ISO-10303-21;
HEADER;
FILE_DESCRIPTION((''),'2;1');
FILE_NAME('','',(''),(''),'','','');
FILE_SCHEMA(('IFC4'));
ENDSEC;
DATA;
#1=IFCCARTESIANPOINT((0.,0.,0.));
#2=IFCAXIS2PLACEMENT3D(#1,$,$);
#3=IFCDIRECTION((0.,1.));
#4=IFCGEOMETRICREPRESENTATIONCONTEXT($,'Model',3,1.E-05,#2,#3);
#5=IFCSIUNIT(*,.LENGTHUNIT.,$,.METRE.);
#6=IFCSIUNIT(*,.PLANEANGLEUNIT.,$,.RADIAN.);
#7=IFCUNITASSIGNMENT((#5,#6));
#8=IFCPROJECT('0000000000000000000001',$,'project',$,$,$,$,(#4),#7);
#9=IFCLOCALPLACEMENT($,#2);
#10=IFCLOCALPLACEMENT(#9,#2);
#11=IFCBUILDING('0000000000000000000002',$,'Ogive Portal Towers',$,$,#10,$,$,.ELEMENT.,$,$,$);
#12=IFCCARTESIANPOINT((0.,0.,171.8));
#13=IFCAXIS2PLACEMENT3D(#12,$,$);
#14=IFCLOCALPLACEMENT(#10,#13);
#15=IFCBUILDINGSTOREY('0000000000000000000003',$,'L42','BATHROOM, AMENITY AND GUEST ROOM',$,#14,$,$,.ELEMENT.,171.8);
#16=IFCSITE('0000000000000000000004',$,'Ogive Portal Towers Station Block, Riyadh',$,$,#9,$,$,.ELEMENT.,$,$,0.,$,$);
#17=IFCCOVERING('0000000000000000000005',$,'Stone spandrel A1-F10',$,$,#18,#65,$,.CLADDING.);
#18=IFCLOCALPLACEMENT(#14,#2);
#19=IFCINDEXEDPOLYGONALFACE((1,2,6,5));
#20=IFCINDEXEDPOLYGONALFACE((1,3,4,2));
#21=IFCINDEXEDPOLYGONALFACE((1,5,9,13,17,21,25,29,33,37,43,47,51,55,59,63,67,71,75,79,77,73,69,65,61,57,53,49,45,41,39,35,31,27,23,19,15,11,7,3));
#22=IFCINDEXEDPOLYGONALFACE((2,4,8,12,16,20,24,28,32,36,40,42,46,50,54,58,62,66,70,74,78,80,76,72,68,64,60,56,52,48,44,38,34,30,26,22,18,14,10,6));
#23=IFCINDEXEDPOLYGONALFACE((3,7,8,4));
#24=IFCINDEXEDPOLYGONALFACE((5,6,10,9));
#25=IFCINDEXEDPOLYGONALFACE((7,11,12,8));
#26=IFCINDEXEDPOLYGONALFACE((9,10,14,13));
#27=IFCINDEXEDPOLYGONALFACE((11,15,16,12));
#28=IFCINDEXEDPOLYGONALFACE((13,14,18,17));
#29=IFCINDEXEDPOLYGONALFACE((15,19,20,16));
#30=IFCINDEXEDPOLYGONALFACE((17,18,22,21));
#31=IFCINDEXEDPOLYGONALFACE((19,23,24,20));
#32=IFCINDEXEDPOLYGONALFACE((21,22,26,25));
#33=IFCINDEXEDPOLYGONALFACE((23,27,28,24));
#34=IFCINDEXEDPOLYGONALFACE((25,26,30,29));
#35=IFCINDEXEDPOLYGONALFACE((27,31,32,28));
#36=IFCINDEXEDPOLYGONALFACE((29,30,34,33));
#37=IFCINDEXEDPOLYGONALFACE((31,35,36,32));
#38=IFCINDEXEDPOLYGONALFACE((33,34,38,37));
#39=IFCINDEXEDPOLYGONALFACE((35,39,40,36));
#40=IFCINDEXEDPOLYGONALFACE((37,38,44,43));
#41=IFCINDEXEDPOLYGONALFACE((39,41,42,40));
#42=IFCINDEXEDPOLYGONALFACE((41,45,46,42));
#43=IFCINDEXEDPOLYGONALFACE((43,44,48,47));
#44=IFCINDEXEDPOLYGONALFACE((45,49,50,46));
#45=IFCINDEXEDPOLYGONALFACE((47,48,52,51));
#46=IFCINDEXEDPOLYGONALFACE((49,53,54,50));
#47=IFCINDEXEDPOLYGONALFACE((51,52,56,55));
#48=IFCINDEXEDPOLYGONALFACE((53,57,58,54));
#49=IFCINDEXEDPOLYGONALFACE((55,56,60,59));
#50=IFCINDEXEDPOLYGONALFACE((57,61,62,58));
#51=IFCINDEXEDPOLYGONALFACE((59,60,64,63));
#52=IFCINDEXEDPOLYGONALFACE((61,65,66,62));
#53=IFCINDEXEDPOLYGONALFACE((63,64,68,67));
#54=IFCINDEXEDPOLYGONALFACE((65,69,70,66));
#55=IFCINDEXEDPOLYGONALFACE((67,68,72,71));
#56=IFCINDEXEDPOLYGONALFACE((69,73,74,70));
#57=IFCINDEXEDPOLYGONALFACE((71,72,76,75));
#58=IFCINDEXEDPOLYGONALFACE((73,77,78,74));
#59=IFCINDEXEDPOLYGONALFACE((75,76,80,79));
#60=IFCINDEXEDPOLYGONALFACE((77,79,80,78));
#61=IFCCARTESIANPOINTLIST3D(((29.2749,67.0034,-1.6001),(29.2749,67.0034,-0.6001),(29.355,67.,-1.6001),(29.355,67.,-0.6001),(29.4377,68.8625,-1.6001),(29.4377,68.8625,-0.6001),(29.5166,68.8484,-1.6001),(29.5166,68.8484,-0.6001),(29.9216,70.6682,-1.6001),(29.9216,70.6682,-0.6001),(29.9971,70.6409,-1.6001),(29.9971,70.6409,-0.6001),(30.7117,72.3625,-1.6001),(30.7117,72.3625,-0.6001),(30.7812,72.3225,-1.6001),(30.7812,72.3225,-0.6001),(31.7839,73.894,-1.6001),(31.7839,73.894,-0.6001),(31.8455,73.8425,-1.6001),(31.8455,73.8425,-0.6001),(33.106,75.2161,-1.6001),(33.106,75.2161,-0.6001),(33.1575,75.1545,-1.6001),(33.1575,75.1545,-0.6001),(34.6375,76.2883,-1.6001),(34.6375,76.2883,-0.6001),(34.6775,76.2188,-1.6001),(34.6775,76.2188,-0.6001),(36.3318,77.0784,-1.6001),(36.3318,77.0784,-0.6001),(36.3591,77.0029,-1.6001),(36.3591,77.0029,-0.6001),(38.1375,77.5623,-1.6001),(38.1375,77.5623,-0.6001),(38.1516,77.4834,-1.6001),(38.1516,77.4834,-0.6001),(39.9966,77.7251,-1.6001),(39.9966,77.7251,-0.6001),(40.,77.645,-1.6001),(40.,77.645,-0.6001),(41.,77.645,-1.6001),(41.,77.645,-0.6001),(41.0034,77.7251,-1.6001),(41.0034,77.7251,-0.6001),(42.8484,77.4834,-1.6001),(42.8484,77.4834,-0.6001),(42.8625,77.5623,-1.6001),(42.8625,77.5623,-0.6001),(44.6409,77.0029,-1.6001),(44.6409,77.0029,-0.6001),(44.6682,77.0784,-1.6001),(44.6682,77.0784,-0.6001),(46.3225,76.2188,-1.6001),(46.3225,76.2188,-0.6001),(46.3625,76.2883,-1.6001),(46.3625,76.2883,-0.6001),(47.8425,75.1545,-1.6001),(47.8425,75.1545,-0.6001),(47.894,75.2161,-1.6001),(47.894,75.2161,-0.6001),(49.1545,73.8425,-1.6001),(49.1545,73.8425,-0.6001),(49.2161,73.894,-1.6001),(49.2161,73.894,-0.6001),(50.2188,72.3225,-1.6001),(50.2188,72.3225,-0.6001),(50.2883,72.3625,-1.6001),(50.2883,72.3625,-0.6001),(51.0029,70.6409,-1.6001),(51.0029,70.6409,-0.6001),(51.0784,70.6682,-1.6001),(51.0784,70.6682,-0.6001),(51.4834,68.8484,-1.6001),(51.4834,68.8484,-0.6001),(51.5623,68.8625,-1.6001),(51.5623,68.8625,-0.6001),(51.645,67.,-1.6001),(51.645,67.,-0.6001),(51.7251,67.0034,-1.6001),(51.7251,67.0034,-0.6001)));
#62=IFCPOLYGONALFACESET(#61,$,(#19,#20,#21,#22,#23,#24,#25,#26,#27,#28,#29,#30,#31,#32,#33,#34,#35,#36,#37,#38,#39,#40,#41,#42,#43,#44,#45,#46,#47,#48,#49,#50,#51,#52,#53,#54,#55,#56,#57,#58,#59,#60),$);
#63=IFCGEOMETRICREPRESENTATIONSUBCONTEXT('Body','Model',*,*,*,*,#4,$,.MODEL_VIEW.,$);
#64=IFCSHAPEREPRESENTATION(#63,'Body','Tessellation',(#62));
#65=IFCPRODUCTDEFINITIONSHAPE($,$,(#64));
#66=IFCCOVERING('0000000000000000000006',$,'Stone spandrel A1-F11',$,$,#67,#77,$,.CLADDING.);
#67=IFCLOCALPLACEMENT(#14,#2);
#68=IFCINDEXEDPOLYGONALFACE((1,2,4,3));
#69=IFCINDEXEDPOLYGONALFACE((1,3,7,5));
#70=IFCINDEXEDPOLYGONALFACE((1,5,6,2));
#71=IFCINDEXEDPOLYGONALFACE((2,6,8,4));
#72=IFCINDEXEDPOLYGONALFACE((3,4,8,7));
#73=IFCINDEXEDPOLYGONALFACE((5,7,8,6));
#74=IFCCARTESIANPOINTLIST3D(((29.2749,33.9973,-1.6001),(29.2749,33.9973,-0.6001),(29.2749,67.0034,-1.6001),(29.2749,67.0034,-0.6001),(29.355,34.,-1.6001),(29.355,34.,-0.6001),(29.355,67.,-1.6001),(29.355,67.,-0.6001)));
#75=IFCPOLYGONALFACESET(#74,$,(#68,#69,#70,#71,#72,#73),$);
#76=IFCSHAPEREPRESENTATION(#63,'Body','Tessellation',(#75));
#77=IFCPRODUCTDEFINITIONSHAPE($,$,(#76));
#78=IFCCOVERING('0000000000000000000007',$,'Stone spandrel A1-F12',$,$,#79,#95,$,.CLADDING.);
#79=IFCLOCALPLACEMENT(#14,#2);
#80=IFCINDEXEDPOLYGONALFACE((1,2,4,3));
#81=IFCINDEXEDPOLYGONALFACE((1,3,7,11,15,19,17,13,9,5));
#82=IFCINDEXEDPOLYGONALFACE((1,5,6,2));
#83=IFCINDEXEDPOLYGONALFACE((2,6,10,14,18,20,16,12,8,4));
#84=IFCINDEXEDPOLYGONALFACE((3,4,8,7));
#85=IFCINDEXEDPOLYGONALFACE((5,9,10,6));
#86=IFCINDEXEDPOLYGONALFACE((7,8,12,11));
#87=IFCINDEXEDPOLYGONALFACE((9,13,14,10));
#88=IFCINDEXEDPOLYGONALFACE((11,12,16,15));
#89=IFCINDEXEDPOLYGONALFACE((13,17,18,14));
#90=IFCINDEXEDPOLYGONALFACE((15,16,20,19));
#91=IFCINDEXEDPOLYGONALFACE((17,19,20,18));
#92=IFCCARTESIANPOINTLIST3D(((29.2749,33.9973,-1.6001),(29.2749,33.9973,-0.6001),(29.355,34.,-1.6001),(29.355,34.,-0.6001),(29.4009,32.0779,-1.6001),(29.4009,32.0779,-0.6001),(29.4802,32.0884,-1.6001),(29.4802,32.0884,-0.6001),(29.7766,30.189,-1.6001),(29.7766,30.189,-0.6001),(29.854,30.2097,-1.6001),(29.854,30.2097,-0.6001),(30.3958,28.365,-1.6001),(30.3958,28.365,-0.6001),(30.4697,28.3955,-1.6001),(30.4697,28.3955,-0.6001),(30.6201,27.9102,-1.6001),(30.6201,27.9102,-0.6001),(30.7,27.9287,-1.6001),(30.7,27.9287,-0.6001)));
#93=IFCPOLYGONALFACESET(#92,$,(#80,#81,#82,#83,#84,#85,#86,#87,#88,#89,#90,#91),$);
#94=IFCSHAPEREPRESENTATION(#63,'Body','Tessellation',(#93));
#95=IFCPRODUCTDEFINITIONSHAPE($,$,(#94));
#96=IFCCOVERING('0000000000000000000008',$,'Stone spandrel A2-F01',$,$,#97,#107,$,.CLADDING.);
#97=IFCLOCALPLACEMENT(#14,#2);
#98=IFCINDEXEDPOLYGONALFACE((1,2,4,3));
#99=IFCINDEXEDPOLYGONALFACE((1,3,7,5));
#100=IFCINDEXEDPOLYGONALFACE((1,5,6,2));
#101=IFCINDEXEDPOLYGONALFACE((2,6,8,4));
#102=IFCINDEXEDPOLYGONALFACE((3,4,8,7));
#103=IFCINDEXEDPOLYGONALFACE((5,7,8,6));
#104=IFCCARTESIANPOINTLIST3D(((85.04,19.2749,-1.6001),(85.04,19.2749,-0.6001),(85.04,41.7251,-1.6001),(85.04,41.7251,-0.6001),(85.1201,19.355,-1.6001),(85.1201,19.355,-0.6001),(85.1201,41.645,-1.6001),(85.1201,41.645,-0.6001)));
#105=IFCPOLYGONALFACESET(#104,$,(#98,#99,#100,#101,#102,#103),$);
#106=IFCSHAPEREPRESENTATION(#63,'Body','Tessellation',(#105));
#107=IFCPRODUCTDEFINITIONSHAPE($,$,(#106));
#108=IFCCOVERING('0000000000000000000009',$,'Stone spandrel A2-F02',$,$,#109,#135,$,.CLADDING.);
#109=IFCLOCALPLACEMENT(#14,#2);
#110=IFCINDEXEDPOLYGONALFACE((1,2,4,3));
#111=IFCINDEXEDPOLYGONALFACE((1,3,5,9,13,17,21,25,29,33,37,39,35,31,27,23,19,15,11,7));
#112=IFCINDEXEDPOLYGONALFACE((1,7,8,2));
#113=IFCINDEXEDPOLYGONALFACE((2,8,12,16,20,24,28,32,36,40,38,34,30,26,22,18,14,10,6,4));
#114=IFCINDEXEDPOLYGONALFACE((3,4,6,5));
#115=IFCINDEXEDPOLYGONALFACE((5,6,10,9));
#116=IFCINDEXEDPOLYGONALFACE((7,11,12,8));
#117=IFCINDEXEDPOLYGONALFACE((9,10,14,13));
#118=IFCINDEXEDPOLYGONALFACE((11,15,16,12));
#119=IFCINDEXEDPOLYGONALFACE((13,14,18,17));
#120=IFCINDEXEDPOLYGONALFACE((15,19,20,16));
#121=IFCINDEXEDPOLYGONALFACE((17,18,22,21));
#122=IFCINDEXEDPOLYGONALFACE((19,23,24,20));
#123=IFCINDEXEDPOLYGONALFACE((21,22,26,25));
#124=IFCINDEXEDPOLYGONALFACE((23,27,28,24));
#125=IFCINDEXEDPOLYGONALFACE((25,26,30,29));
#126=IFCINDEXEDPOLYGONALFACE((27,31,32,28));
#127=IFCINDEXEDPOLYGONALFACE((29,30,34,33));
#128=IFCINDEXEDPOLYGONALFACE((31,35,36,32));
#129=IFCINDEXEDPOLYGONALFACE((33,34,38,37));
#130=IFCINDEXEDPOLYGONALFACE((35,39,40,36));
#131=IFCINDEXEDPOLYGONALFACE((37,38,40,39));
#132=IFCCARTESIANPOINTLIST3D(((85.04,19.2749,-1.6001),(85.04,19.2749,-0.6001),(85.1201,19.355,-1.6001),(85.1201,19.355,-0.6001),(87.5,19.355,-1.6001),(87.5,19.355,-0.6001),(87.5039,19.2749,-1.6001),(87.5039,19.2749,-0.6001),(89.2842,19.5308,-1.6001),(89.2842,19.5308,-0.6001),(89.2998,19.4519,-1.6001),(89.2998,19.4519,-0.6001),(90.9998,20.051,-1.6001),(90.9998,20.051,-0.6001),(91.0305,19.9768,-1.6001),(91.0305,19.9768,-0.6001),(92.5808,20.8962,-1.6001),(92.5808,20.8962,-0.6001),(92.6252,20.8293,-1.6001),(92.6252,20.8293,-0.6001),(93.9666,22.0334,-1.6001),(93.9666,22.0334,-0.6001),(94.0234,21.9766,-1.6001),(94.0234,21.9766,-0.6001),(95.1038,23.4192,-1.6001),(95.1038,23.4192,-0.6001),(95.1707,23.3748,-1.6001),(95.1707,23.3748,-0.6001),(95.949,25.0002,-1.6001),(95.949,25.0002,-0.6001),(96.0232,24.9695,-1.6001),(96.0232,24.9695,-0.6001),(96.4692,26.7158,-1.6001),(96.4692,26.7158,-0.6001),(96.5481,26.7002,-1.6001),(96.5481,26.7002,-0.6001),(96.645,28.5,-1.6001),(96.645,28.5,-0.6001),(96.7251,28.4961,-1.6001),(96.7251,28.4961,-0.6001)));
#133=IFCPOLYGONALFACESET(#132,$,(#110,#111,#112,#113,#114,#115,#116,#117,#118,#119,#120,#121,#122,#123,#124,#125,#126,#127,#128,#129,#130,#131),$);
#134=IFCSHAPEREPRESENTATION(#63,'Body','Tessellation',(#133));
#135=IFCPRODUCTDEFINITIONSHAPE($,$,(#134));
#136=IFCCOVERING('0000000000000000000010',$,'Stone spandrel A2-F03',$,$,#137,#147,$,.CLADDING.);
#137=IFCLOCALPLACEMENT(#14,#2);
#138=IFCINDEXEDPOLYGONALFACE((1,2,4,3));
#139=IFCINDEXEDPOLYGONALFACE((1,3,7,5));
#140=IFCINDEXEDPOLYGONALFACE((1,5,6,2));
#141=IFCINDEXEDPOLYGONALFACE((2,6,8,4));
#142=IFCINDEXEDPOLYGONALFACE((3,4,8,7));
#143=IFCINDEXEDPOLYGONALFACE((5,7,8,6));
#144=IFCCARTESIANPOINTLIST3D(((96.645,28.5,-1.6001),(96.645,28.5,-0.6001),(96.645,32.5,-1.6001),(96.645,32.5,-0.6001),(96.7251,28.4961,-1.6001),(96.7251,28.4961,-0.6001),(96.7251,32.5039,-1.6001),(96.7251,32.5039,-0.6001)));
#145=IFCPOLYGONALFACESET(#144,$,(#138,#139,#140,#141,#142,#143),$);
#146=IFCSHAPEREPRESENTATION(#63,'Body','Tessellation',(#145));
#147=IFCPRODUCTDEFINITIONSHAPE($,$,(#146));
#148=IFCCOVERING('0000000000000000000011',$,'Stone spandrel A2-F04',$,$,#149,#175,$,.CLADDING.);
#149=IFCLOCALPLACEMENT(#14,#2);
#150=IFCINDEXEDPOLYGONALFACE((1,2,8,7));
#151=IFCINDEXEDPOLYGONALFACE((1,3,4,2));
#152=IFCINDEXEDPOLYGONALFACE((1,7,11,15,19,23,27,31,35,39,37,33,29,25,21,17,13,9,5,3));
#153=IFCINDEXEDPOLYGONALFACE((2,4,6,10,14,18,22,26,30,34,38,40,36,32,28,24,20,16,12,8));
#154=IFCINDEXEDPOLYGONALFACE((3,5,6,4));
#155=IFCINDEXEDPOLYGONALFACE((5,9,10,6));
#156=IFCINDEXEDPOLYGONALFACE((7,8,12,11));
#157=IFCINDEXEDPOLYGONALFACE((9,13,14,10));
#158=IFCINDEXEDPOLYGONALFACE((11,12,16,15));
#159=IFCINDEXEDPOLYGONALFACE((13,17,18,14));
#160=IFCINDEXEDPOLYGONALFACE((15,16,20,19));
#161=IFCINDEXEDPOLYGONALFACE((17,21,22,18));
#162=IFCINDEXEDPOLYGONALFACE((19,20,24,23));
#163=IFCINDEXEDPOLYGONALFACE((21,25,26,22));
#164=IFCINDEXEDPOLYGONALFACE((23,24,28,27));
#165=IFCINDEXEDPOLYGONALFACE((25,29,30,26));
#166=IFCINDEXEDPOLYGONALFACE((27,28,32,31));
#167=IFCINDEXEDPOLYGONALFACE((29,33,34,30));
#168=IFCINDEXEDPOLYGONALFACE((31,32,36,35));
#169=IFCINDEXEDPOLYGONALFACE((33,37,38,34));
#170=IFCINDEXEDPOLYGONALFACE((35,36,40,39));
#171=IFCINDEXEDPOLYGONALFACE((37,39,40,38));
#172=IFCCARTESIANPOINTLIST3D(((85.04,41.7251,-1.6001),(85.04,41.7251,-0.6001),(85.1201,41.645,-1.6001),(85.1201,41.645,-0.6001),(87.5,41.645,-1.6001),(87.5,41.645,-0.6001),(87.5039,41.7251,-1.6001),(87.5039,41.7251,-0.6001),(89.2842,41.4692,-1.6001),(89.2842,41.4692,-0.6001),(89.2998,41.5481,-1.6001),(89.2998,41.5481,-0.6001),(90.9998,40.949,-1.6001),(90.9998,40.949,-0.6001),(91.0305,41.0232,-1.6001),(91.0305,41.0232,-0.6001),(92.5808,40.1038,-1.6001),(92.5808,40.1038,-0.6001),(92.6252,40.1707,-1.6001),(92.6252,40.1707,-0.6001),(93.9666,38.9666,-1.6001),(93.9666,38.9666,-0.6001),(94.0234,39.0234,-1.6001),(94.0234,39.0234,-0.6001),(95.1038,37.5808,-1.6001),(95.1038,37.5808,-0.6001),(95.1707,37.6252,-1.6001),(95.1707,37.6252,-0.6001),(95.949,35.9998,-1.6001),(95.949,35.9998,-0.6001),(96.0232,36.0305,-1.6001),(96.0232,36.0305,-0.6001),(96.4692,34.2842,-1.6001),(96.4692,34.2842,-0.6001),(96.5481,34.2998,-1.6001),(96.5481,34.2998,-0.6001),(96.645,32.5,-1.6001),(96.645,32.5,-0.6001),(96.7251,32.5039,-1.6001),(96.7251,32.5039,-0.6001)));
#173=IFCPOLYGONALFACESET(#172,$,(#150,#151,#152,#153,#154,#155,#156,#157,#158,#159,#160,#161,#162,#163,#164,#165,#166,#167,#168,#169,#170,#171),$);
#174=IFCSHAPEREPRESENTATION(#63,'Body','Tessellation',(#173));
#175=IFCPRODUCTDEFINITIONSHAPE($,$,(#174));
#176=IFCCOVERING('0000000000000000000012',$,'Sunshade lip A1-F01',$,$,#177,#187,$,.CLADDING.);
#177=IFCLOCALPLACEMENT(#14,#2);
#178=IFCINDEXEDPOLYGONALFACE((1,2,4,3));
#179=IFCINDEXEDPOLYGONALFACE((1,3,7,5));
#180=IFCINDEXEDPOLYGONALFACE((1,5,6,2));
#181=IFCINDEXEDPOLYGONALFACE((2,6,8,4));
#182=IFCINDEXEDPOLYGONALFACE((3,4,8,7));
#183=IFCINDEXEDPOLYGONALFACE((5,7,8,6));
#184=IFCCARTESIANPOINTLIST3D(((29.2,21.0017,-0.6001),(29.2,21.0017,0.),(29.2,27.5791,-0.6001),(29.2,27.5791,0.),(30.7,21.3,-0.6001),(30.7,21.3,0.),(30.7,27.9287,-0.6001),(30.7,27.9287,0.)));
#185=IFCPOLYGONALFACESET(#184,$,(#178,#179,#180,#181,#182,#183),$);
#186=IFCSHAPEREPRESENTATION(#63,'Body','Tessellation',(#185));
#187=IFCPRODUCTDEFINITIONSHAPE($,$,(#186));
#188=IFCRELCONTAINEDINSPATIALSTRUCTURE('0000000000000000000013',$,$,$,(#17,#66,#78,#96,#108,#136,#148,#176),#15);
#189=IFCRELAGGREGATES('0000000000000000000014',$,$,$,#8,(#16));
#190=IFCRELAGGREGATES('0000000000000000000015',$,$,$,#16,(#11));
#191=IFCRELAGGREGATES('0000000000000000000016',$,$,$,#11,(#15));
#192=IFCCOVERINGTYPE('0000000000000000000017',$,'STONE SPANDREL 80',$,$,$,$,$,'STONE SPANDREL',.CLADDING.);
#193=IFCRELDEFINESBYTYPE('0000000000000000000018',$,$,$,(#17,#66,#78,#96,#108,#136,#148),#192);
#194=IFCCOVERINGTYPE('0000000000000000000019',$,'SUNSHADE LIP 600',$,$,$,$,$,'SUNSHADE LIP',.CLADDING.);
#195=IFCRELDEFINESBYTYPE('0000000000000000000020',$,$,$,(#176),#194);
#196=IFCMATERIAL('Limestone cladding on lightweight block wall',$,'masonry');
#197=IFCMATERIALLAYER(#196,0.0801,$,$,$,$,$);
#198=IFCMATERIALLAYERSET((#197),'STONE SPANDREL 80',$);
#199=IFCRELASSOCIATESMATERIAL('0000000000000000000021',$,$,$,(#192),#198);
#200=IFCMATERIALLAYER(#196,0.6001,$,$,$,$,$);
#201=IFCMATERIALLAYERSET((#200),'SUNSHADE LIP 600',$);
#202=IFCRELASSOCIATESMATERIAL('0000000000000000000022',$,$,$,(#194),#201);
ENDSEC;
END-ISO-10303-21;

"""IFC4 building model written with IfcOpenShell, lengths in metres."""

from ifc_helpers import new_model, si_unit, direction, frame, origin, place, context, subcontext, project, spatial, polyline, outline, extrude, material, layer, layer_set, type_object, element, save


model = new_model("IFC4")

# Units and contexts
model_context = context("Model", 3, precision=1e-05, world=origin(), true_north=direction((0.0, 1.0)))
body_context = subcontext(model_context, "Body", "Model", "MODEL_VIEW")
ifc_project = project(units=[si_unit("LENGTHUNIT", "METRE"), si_unit("PLANEANGLEUNIT", "RADIAN")], contexts=[model_context])

# Site, building, storey
site_placement = place(None, origin())
site = spatial("IfcSite", under=ifc_project, at=site_placement, Name="Ogive Portal Towers Station Block, Riyadh", CompositionType="ELEMENT", RefElevation=0.0)
building_placement = place(site_placement, origin())
building = spatial("IfcBuilding", under=site, at=building_placement, Name="Ogive Portal Towers", CompositionType="ELEMENT")
storey_placement = place(building_placement, frame((0.0, 0.0, 171.8)))
storey = spatial("IfcBuildingStorey", under=building, at=storey_placement, Name="L42", Description="BATHROOM, AMENITY AND GUEST ROOM", CompositionType="ELEMENT", Elevation=171.8)

# Coverings
ifc_material_1 = material(Name="Limestone cladding on lightweight block wall", Category="masonry")
ifc_layer_1 = layer(ifc_material_1, 0.0801)
ifc_layer_set_1 = layer_set([ifc_layer_1], Name="STONE SPANDREL 80")
covering_type_1 = type_object("IfcCoveringType", Name="STONE SPANDREL 80", ElementType="STONE SPANDREL", PredefinedType="CLADDING", material=ifc_layer_set_1)
covering_1_placement = place(storey_placement, frame((0.0, 0.0, -1.6001)))
element("IfcCovering", 1, at=covering_1_placement, inside=storey, type_object=covering_type_1, Name="Stone spandrel A1-F10", PredefinedType="CLADDING", context=body_context, shape_type="SweptSolid", body=[
    extrude(outline(polyline([(51.645, 67.0), (51.4834, 68.8484), (51.0029, 70.6409), (50.2188, 72.3225), (49.1545, 73.8425), (47.8425, 75.1545), (46.3225, 76.2188), (44.6409, 77.0029), (42.8484, 77.4834), (41.0, 77.645), (40.0, 77.645), (38.1516, 77.4834), (36.3591, 77.0029), (34.6775, 76.2188), (33.1575, 75.1545), (31.8455, 73.8425), (30.7812, 72.3225), (29.9971, 70.6409), (29.5166, 68.8484), (29.355, 67.0), (29.2749, 67.0034), (29.4377, 68.8625), (29.9216, 70.6682), (30.7117, 72.3625), (31.7839, 73.894), (33.106, 75.2161), (34.6375, 76.2883), (36.3318, 77.0784), (38.1375, 77.5623), (39.9966, 77.7251), (41.0034, 77.7251), (42.8625, 77.5623), (44.6682, 77.0784), (46.3625, 76.2883), (47.894, 75.2161), (49.2161, 73.894), (50.2883, 72.3625), (51.0784, 70.6682), (51.5623, 68.8625), (51.7251, 67.0034), (51.645, 67.0)])), origin(), (0.0, 0.0, 1.0), 1.0),
])
covering_2_placement = place(storey_placement, frame((0.0, 0.0, -1.6001)))
element("IfcCovering", 2, at=covering_2_placement, inside=storey, type_object=covering_type_1, Name="Stone spandrel A1-F11", PredefinedType="CLADDING", context=body_context, shape_type="SweptSolid", body=[
    extrude(outline(polyline([(29.355, 67.0), (29.355, 34.0), (29.2749, 33.9973), (29.2749, 67.0034), (29.355, 67.0)])), origin(), (0.0, 0.0, 1.0), 1.0),
])
covering_3_placement = place(storey_placement, frame((0.0, 0.0, -1.6001)))
element("IfcCovering", 3, at=covering_3_placement, inside=storey, type_object=covering_type_1, Name="Stone spandrel A1-F12", PredefinedType="CLADDING", context=body_context, shape_type="SweptSolid", body=[
    extrude(outline(polyline([(29.355, 34.0), (29.4802, 32.0884), (29.854, 30.2097), (30.4697, 28.3955), (30.7, 27.9287), (30.6201, 27.9102), (30.3958, 28.365), (29.7766, 30.189), (29.4009, 32.0779), (29.2749, 33.9973), (29.355, 34.0)])), origin(), (0.0, 0.0, 1.0), 1.0),
])
covering_4_placement = place(storey_placement, frame((0.0, 0.0, -1.6001)))
element("IfcCovering", 4, at=covering_4_placement, inside=storey, type_object=covering_type_1, Name="Stone spandrel A2-F01", PredefinedType="CLADDING", context=body_context, shape_type="SweptSolid", body=[
    extrude(outline(polyline([(85.1201, 41.645), (85.1201, 19.355), (85.04, 19.2749), (85.04, 41.7251), (85.1201, 41.645)])), origin(), (0.0, 0.0, 1.0), 1.0),
])
covering_5_placement = place(storey_placement, frame((0.0, 0.0, -1.6001)))
element("IfcCovering", 5, at=covering_5_placement, inside=storey, type_object=covering_type_1, Name="Stone spandrel A2-F02", PredefinedType="CLADDING", context=body_context, shape_type="SweptSolid", body=[
    extrude(outline(polyline([(85.1201, 19.355), (87.5, 19.355), (89.2842, 19.5308), (90.9998, 20.051), (92.5808, 20.8962), (93.9666, 22.0334), (95.1038, 23.4192), (95.949, 25.0002), (96.4692, 26.7158), (96.645, 28.5), (96.7251, 28.4961), (96.5481, 26.7002), (96.0232, 24.9695), (95.1707, 23.3748), (94.0234, 21.9766), (92.6252, 20.8293), (91.0305, 19.9768), (89.2998, 19.4519), (87.5039, 19.2749), (85.04, 19.2749), (85.1201, 19.355)])), origin(), (0.0, 0.0, 1.0), 1.0),
])
covering_6_placement = place(storey_placement, frame((0.0, 0.0, -1.6001)))
element("IfcCovering", 6, at=covering_6_placement, inside=storey, type_object=covering_type_1, Name="Stone spandrel A2-F03", PredefinedType="CLADDING", context=body_context, shape_type="SweptSolid", body=[
    extrude(outline(polyline([(96.645, 28.5), (96.645, 32.5), (96.7251, 32.5039), (96.7251, 28.4961), (96.645, 28.5)])), origin(), (0.0, 0.0, 1.0), 1.0),
])
covering_7_placement = place(storey_placement, frame((0.0, 0.0, -1.6001)))
element("IfcCovering", 7, at=covering_7_placement, inside=storey, type_object=covering_type_1, Name="Stone spandrel A2-F04", PredefinedType="CLADDING", context=body_context, shape_type="SweptSolid", body=[
    extrude(outline(polyline([(96.645, 32.5), (96.4692, 34.2842), (95.949, 35.9998), (95.1038, 37.5808), (93.9666, 38.9666), (92.5808, 40.1038), (90.9998, 40.949), (89.2842, 41.4692), (87.5, 41.645), (85.1201, 41.645), (85.04, 41.7251), (87.5039, 41.7251), (89.2998, 41.5481), (91.0305, 41.0232), (92.6252, 40.1707), (94.0234, 39.0234), (95.1707, 37.6252), (96.0232, 36.0305), (96.5481, 34.2998), (96.7251, 32.5039), (96.645, 32.5)])), origin(), (0.0, 0.0, 1.0), 1.0),
])
ifc_layer_2 = layer(ifc_material_1, 0.6001)
ifc_layer_set_2 = layer_set([ifc_layer_2], Name="SUNSHADE LIP 600")
covering_type_2 = type_object("IfcCoveringType", Name="SUNSHADE LIP 600", ElementType="SUNSHADE LIP", PredefinedType="CLADDING", material=ifc_layer_set_2)
covering_8_placement = place(storey_placement, frame((0.0, 0.0, -0.6001)))
element("IfcCovering", 8, at=covering_8_placement, inside=storey, type_object=covering_type_2, Name="Sunshade lip A1-F01", PredefinedType="CLADDING", context=body_context, shape_type="SweptSolid", body=[
    extrude(outline(polyline([(30.7, 27.9287), (30.7, 21.3), (29.2, 21.0017), (29.2, 27.5791), (30.7, 27.9287)])), origin(), (0.0, 0.0, 1.0), 0.6001),
])

save(model, "model.ifc")
